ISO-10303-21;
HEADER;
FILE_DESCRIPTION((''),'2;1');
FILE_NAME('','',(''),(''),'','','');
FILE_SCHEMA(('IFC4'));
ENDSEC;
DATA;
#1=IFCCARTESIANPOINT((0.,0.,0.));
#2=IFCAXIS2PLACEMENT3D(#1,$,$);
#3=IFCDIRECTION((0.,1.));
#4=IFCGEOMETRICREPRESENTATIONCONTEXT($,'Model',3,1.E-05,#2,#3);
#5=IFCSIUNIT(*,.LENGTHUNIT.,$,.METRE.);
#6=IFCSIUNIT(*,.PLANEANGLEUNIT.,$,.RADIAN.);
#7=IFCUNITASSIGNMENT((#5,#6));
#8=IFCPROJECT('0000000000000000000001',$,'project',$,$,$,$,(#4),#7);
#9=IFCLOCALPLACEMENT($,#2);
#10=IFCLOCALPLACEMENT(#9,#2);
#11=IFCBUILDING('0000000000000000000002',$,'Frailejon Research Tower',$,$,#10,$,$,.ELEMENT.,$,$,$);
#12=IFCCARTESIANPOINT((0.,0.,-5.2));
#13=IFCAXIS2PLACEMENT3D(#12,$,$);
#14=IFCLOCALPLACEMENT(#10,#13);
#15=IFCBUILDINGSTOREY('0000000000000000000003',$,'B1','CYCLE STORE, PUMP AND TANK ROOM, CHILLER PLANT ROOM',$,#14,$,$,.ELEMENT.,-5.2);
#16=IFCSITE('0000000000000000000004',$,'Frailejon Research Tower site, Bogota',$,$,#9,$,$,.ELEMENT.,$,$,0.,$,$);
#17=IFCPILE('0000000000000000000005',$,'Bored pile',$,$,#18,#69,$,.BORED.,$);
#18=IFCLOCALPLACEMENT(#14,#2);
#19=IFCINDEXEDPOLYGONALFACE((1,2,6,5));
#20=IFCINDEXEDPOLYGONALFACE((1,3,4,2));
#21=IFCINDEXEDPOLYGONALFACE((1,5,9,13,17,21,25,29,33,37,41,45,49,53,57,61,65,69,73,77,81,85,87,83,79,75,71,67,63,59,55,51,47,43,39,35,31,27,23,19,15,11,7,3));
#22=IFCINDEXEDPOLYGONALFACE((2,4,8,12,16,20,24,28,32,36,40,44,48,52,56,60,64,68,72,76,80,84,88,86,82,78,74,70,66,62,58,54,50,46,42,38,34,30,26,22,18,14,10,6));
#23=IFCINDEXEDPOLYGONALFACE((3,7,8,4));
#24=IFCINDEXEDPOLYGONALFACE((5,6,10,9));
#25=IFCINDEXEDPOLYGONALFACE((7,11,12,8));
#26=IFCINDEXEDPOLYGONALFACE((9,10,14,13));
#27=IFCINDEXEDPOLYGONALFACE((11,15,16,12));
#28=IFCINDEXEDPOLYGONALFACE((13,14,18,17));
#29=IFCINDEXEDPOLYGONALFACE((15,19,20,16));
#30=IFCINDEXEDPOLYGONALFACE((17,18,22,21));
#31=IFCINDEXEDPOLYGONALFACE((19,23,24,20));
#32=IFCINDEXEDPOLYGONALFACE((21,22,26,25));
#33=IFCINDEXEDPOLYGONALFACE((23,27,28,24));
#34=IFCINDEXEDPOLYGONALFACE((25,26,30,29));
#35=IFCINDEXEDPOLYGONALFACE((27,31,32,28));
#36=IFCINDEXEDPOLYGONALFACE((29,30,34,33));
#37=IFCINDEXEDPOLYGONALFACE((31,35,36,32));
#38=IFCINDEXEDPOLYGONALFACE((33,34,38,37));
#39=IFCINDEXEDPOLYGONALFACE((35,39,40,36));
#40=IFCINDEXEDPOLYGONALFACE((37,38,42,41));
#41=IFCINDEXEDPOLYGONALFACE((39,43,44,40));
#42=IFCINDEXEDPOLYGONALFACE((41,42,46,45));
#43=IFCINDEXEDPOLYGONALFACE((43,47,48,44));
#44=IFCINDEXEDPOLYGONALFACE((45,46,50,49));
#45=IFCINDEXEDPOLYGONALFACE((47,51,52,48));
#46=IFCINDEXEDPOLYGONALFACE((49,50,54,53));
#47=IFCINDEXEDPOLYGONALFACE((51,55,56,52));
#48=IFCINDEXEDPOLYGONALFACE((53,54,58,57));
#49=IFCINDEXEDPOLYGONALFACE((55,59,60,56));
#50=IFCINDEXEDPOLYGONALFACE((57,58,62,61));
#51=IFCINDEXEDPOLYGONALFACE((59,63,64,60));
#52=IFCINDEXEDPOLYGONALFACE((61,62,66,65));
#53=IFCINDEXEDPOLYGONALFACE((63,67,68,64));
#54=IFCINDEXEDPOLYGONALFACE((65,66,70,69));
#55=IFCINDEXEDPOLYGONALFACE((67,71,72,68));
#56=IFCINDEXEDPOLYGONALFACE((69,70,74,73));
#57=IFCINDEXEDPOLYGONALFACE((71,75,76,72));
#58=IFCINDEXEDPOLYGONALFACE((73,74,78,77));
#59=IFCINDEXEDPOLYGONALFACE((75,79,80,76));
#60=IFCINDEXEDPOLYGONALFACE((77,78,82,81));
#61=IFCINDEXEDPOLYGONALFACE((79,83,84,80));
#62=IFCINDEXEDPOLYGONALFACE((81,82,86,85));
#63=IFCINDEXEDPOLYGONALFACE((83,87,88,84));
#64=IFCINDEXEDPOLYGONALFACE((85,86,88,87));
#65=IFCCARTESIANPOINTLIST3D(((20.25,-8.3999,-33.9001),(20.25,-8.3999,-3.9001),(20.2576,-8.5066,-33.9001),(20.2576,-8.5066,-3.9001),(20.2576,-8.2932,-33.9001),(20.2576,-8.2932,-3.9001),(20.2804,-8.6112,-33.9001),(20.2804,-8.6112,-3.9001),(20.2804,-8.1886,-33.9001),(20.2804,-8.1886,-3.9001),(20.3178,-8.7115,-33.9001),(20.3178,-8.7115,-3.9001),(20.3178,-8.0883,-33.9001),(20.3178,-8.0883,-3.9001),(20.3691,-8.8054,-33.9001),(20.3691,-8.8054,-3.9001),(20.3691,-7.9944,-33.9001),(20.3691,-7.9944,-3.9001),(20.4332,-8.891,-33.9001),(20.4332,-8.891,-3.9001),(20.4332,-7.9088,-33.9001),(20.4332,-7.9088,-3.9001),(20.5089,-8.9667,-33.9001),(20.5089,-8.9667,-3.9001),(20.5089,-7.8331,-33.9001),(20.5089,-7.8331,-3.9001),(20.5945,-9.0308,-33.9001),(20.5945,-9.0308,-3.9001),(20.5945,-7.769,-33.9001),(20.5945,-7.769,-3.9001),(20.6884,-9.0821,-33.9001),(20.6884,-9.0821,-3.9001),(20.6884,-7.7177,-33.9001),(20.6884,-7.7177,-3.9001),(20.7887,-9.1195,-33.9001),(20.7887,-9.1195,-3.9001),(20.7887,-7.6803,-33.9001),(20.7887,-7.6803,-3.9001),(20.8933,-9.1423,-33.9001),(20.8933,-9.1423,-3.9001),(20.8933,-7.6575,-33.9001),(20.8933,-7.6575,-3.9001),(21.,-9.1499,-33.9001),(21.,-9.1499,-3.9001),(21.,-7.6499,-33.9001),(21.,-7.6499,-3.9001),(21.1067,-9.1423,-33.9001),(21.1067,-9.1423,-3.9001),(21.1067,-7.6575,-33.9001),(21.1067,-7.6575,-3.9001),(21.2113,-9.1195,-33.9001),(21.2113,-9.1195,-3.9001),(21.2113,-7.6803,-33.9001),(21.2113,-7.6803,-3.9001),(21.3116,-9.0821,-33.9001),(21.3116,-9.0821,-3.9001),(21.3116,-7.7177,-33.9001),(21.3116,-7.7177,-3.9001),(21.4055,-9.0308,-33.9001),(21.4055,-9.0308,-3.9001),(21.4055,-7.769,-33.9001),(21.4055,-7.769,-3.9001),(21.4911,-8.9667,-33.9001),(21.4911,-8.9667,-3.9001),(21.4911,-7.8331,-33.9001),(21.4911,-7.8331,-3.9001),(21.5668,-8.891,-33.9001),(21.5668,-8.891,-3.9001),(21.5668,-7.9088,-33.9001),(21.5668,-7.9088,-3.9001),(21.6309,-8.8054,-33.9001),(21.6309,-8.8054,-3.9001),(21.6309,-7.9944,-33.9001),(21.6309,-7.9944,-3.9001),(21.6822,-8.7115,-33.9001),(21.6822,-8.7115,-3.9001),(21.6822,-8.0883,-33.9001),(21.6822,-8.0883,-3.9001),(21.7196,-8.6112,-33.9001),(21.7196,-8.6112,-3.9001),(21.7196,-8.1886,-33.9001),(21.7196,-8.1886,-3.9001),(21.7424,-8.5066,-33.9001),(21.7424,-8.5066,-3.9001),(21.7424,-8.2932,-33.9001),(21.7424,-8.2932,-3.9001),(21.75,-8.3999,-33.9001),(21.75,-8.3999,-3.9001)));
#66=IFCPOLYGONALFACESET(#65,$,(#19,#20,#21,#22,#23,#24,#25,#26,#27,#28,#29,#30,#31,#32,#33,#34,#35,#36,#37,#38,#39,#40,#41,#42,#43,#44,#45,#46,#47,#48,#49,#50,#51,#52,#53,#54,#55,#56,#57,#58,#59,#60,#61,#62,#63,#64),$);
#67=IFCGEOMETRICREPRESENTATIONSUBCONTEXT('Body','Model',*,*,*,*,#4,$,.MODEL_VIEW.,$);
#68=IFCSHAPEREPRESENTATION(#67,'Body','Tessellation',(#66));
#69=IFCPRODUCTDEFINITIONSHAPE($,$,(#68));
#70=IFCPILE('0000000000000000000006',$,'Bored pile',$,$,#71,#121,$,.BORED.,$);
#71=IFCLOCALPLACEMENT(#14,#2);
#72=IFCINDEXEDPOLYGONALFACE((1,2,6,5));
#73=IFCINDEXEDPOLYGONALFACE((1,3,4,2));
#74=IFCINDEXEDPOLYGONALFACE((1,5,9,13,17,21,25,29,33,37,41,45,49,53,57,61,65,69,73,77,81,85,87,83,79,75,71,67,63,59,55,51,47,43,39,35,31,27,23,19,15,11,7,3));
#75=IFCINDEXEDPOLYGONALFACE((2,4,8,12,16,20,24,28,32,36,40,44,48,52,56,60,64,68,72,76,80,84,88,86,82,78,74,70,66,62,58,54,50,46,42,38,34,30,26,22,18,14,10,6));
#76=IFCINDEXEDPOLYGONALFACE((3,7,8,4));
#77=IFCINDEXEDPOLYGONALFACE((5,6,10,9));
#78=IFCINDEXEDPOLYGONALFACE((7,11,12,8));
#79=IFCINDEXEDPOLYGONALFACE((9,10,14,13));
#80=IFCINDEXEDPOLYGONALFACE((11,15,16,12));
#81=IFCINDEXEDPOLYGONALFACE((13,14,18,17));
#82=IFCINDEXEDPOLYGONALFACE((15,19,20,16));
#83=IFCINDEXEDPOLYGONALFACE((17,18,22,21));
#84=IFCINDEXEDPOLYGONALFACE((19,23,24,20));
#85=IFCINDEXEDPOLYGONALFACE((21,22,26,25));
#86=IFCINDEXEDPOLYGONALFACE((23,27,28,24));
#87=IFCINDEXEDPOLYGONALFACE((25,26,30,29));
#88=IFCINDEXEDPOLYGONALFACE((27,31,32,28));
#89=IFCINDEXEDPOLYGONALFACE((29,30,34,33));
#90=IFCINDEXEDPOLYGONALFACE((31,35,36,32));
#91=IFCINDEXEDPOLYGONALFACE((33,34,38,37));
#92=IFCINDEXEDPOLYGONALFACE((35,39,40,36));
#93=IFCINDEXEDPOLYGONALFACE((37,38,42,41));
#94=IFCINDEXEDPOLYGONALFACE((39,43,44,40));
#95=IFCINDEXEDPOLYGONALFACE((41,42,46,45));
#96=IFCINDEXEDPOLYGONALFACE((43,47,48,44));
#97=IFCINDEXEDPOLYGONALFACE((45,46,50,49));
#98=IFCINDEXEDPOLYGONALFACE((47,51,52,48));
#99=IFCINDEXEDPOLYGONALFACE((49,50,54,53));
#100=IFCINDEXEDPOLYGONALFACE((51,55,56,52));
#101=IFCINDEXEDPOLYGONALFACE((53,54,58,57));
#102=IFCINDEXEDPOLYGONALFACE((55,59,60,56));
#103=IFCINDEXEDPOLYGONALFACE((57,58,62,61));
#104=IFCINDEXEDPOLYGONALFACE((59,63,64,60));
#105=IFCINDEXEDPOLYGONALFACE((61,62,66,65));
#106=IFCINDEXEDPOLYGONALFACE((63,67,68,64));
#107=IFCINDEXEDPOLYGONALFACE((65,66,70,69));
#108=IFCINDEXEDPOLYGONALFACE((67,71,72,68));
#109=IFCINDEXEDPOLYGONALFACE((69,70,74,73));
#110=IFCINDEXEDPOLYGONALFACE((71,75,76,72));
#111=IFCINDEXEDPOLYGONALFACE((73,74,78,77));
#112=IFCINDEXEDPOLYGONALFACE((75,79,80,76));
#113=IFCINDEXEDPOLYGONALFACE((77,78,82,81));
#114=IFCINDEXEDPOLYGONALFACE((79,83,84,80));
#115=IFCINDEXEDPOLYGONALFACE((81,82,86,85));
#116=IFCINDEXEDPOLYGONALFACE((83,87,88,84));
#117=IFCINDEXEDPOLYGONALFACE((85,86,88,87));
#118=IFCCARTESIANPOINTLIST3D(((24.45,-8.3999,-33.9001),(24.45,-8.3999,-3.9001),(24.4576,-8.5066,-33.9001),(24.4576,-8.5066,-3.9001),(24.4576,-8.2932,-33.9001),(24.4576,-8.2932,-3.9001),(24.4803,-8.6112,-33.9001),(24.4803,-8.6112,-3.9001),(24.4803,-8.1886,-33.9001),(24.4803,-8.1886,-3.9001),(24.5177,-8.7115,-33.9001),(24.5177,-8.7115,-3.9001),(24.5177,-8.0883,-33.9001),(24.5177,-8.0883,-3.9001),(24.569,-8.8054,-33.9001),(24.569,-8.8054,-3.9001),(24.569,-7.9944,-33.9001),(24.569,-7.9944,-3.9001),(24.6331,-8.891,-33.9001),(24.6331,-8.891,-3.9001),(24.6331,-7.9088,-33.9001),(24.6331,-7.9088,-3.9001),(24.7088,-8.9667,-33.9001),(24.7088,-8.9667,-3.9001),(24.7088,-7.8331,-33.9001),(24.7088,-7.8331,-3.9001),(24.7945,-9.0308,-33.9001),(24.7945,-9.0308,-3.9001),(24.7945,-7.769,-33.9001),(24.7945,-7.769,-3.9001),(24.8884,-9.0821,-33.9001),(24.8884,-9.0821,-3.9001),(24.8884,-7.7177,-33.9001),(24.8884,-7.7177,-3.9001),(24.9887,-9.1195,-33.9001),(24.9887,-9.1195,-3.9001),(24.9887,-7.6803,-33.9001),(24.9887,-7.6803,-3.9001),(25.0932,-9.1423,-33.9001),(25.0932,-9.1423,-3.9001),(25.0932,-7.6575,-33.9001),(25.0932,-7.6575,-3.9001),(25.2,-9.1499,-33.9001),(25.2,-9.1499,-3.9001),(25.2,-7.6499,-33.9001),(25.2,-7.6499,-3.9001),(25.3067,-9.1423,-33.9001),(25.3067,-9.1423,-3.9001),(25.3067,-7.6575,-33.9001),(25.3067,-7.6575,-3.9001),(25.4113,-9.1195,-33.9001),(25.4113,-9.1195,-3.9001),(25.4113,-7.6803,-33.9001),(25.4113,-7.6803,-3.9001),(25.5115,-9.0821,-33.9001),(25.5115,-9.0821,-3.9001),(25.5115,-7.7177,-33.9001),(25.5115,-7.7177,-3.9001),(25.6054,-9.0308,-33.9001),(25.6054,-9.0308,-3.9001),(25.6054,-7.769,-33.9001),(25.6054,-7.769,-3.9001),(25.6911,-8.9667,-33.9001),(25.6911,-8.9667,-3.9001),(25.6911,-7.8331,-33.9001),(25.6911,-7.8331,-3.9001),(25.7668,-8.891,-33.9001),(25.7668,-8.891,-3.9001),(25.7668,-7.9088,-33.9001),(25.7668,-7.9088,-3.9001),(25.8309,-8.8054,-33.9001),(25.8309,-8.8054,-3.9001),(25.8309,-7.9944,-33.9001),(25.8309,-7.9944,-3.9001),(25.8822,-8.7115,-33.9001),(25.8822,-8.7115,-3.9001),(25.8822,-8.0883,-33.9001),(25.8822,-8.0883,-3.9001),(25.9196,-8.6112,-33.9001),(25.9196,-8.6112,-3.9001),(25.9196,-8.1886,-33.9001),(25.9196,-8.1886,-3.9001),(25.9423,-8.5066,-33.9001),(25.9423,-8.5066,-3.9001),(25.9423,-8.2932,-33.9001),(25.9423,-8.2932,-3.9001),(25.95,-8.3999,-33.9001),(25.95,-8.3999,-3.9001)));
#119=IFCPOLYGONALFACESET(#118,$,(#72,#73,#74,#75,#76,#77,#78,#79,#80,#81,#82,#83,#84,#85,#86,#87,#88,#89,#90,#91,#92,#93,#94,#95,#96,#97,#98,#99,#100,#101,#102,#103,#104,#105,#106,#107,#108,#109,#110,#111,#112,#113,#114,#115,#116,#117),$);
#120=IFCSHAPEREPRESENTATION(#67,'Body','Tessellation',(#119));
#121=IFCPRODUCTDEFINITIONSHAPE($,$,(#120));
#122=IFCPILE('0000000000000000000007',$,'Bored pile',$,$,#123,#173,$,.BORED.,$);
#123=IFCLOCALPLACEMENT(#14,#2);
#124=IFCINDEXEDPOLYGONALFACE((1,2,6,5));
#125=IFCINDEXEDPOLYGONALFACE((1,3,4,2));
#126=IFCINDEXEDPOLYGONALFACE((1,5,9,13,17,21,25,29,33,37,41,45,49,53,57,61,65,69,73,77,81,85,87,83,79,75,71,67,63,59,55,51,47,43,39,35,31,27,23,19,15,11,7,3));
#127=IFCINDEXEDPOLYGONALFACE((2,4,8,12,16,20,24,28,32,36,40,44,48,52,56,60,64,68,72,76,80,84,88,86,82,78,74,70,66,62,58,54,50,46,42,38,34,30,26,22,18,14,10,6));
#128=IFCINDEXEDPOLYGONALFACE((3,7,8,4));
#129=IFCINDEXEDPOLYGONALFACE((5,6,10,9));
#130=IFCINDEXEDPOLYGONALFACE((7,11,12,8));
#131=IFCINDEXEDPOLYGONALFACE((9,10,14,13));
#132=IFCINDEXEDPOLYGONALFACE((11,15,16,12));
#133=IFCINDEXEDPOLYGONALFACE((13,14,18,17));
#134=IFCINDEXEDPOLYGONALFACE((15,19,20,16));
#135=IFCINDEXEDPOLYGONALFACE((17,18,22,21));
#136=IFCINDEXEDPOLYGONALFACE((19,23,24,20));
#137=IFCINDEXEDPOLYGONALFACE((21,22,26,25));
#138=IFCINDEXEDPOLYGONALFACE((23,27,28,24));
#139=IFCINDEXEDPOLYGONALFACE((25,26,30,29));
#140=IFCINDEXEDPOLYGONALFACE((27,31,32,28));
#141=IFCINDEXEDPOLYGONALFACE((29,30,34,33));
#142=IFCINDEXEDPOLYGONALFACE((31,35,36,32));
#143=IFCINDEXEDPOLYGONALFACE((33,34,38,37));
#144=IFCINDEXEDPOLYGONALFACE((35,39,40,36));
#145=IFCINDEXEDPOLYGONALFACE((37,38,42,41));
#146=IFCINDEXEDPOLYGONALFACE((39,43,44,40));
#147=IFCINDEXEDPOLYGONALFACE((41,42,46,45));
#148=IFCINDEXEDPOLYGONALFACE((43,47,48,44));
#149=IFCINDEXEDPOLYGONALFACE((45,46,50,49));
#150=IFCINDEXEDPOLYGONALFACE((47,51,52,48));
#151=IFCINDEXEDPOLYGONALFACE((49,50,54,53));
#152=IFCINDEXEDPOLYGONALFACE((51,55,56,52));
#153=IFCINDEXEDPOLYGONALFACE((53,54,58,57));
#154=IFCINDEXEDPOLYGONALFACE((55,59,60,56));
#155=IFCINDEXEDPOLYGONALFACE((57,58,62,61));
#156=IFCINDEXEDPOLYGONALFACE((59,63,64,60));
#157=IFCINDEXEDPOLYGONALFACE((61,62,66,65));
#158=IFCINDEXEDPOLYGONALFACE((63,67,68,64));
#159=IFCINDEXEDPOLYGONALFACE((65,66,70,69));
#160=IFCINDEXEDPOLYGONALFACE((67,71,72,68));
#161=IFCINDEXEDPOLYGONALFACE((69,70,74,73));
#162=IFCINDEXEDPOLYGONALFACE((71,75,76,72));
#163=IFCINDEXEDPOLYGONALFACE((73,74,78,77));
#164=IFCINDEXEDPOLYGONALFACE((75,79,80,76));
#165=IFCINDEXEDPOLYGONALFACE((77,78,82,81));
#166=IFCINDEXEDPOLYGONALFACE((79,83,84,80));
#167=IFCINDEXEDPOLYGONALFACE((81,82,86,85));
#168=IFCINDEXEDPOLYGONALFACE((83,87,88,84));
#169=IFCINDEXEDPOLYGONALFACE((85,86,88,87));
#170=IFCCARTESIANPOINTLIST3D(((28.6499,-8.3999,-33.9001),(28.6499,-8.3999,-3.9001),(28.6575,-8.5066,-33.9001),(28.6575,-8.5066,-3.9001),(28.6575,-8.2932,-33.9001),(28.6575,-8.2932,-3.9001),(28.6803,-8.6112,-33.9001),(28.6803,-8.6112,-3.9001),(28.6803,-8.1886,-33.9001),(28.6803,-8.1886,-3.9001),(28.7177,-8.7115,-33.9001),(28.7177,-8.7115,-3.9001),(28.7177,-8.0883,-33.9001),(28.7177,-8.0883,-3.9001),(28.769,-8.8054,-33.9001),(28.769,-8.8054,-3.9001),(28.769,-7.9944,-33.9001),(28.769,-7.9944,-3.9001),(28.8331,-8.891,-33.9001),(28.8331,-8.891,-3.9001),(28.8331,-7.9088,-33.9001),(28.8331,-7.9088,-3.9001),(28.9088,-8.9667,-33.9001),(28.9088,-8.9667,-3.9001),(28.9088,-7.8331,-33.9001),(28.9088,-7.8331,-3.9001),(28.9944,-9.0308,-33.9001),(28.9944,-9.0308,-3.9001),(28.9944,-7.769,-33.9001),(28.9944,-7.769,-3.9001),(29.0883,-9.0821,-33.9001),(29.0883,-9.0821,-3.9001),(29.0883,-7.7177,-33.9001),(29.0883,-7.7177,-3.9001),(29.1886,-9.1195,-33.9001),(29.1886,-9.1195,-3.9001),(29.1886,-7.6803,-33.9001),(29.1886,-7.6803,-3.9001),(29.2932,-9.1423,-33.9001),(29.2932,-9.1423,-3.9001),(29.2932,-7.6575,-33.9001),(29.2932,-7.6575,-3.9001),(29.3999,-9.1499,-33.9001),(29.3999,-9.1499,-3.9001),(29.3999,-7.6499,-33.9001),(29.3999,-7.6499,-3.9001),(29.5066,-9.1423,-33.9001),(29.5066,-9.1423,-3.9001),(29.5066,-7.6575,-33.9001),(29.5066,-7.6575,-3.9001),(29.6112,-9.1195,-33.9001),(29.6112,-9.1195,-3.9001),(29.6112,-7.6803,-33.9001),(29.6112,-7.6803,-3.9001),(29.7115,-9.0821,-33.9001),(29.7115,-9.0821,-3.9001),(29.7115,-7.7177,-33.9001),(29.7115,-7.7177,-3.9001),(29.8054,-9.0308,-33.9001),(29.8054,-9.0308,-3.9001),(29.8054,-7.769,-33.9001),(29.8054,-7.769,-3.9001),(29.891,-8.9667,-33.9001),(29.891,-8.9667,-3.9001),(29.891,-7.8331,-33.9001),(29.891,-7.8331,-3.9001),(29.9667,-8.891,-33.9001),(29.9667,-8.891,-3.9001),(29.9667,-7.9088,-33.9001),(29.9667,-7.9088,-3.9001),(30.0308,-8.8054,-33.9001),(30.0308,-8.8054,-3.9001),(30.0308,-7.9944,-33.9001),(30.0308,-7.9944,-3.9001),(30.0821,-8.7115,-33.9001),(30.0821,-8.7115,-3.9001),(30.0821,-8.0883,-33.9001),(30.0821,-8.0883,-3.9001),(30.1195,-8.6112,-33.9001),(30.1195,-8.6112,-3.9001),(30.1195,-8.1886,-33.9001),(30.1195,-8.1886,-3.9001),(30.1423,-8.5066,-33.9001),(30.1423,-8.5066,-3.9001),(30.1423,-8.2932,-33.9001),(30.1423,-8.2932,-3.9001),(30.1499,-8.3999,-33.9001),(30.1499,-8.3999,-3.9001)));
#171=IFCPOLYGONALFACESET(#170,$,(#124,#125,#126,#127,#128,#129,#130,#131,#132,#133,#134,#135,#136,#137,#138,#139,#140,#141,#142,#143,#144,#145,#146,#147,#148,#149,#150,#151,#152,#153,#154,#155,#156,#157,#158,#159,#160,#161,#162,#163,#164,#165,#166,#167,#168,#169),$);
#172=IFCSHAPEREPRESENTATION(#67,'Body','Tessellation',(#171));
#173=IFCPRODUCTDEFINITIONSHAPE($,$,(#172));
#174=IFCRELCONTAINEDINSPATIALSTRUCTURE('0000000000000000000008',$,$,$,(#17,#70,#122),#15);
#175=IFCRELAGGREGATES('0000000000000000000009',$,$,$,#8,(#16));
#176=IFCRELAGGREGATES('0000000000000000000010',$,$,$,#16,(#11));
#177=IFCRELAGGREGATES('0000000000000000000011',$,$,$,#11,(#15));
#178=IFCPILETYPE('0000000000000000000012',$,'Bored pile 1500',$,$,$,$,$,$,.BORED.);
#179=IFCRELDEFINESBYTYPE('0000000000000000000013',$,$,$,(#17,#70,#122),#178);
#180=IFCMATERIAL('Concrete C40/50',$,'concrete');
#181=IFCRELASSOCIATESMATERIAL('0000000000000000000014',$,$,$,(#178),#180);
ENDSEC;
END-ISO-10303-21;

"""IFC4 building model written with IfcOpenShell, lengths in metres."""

from ifc_helpers import new_model, si_unit, direction, frame, origin, origin_2d, place, context, subcontext, project, spatial, circle, extrude, material, material_profile, profile_set, type_object, element, save


model = new_model("IFC4")

# Units and contexts
model_context = context("Model", 3, precision=1e-05, world=origin(), true_north=direction((0.0, 1.0)))
body_context = subcontext(model_context, "Body", "Model", "MODEL_VIEW")
ifc_project = project(units=[si_unit("LENGTHUNIT", "METRE"), si_unit("PLANEANGLEUNIT", "RADIAN")], contexts=[model_context])

# Site, building, storey
site_placement = place(None, origin())
site = spatial("IfcSite", under=ifc_project, at=site_placement, Name="Frailejon Research Tower site, Bogota", CompositionType="ELEMENT", RefElevation=0.0)
building_placement = place(site_placement, origin())
building = spatial("IfcBuilding", under=site, at=building_placement, Name="Frailejon Research Tower", CompositionType="ELEMENT")
storey_placement = place(building_placement, frame((0.0, 0.0, -5.2)))
storey = spatial("IfcBuildingStorey", under=building, at=storey_placement, Name="B1", Description="CYCLE STORE, PUMP AND TANK ROOM, CHILLER PLANT ROOM", CompositionType="ELEMENT", Elevation=-5.2)

# Piles
ifc_material_1 = material(Name="Concrete C40/50", Category="concrete")
ifc_material_profile_1 = material_profile(ifc_material_1, circle(Radius=0.75, at=origin_2d()), Name="Bored pile 1500")
ifc_profile_set_1 = profile_set([ifc_material_profile_1], Name="Concrete C40/50")
pile_type = type_object("IfcPileType", Name="Bored pile 1500", PredefinedType="BORED", material=ifc_profile_set_1)
for number, where, z_axis, x_axis, name in (
    (1, (21.0, -8.3999, -3.9001), (0.0, 0.0, -1.0), (1.0, 0.0, 0.0), "Bored pile"),
    (2, (25.2, -8.3999, -3.9001), (0.0, 0.0, -1.0), (1.0, 0.0, 0.0), "Bored pile"),
    (3, (29.3999, -8.3999, -3.9001), (0.0, 0.0, -1.0), (1.0, 0.0, 0.0), "Bored pile"),
):
    element("IfcPile", number, at=place(storey_placement, frame(where, z_axis=z_axis, x_axis=x_axis)), inside=storey, type_object=pile_type, Name=name, PredefinedType="BORED", context=body_context, shape_type="SweptSolid", body=[
        extrude(circle(Radius=0.75, at=origin_2d()), origin(), (0.0, 0.0, 1.0), 30.0),
    ])

save(model, "model.ifc")
